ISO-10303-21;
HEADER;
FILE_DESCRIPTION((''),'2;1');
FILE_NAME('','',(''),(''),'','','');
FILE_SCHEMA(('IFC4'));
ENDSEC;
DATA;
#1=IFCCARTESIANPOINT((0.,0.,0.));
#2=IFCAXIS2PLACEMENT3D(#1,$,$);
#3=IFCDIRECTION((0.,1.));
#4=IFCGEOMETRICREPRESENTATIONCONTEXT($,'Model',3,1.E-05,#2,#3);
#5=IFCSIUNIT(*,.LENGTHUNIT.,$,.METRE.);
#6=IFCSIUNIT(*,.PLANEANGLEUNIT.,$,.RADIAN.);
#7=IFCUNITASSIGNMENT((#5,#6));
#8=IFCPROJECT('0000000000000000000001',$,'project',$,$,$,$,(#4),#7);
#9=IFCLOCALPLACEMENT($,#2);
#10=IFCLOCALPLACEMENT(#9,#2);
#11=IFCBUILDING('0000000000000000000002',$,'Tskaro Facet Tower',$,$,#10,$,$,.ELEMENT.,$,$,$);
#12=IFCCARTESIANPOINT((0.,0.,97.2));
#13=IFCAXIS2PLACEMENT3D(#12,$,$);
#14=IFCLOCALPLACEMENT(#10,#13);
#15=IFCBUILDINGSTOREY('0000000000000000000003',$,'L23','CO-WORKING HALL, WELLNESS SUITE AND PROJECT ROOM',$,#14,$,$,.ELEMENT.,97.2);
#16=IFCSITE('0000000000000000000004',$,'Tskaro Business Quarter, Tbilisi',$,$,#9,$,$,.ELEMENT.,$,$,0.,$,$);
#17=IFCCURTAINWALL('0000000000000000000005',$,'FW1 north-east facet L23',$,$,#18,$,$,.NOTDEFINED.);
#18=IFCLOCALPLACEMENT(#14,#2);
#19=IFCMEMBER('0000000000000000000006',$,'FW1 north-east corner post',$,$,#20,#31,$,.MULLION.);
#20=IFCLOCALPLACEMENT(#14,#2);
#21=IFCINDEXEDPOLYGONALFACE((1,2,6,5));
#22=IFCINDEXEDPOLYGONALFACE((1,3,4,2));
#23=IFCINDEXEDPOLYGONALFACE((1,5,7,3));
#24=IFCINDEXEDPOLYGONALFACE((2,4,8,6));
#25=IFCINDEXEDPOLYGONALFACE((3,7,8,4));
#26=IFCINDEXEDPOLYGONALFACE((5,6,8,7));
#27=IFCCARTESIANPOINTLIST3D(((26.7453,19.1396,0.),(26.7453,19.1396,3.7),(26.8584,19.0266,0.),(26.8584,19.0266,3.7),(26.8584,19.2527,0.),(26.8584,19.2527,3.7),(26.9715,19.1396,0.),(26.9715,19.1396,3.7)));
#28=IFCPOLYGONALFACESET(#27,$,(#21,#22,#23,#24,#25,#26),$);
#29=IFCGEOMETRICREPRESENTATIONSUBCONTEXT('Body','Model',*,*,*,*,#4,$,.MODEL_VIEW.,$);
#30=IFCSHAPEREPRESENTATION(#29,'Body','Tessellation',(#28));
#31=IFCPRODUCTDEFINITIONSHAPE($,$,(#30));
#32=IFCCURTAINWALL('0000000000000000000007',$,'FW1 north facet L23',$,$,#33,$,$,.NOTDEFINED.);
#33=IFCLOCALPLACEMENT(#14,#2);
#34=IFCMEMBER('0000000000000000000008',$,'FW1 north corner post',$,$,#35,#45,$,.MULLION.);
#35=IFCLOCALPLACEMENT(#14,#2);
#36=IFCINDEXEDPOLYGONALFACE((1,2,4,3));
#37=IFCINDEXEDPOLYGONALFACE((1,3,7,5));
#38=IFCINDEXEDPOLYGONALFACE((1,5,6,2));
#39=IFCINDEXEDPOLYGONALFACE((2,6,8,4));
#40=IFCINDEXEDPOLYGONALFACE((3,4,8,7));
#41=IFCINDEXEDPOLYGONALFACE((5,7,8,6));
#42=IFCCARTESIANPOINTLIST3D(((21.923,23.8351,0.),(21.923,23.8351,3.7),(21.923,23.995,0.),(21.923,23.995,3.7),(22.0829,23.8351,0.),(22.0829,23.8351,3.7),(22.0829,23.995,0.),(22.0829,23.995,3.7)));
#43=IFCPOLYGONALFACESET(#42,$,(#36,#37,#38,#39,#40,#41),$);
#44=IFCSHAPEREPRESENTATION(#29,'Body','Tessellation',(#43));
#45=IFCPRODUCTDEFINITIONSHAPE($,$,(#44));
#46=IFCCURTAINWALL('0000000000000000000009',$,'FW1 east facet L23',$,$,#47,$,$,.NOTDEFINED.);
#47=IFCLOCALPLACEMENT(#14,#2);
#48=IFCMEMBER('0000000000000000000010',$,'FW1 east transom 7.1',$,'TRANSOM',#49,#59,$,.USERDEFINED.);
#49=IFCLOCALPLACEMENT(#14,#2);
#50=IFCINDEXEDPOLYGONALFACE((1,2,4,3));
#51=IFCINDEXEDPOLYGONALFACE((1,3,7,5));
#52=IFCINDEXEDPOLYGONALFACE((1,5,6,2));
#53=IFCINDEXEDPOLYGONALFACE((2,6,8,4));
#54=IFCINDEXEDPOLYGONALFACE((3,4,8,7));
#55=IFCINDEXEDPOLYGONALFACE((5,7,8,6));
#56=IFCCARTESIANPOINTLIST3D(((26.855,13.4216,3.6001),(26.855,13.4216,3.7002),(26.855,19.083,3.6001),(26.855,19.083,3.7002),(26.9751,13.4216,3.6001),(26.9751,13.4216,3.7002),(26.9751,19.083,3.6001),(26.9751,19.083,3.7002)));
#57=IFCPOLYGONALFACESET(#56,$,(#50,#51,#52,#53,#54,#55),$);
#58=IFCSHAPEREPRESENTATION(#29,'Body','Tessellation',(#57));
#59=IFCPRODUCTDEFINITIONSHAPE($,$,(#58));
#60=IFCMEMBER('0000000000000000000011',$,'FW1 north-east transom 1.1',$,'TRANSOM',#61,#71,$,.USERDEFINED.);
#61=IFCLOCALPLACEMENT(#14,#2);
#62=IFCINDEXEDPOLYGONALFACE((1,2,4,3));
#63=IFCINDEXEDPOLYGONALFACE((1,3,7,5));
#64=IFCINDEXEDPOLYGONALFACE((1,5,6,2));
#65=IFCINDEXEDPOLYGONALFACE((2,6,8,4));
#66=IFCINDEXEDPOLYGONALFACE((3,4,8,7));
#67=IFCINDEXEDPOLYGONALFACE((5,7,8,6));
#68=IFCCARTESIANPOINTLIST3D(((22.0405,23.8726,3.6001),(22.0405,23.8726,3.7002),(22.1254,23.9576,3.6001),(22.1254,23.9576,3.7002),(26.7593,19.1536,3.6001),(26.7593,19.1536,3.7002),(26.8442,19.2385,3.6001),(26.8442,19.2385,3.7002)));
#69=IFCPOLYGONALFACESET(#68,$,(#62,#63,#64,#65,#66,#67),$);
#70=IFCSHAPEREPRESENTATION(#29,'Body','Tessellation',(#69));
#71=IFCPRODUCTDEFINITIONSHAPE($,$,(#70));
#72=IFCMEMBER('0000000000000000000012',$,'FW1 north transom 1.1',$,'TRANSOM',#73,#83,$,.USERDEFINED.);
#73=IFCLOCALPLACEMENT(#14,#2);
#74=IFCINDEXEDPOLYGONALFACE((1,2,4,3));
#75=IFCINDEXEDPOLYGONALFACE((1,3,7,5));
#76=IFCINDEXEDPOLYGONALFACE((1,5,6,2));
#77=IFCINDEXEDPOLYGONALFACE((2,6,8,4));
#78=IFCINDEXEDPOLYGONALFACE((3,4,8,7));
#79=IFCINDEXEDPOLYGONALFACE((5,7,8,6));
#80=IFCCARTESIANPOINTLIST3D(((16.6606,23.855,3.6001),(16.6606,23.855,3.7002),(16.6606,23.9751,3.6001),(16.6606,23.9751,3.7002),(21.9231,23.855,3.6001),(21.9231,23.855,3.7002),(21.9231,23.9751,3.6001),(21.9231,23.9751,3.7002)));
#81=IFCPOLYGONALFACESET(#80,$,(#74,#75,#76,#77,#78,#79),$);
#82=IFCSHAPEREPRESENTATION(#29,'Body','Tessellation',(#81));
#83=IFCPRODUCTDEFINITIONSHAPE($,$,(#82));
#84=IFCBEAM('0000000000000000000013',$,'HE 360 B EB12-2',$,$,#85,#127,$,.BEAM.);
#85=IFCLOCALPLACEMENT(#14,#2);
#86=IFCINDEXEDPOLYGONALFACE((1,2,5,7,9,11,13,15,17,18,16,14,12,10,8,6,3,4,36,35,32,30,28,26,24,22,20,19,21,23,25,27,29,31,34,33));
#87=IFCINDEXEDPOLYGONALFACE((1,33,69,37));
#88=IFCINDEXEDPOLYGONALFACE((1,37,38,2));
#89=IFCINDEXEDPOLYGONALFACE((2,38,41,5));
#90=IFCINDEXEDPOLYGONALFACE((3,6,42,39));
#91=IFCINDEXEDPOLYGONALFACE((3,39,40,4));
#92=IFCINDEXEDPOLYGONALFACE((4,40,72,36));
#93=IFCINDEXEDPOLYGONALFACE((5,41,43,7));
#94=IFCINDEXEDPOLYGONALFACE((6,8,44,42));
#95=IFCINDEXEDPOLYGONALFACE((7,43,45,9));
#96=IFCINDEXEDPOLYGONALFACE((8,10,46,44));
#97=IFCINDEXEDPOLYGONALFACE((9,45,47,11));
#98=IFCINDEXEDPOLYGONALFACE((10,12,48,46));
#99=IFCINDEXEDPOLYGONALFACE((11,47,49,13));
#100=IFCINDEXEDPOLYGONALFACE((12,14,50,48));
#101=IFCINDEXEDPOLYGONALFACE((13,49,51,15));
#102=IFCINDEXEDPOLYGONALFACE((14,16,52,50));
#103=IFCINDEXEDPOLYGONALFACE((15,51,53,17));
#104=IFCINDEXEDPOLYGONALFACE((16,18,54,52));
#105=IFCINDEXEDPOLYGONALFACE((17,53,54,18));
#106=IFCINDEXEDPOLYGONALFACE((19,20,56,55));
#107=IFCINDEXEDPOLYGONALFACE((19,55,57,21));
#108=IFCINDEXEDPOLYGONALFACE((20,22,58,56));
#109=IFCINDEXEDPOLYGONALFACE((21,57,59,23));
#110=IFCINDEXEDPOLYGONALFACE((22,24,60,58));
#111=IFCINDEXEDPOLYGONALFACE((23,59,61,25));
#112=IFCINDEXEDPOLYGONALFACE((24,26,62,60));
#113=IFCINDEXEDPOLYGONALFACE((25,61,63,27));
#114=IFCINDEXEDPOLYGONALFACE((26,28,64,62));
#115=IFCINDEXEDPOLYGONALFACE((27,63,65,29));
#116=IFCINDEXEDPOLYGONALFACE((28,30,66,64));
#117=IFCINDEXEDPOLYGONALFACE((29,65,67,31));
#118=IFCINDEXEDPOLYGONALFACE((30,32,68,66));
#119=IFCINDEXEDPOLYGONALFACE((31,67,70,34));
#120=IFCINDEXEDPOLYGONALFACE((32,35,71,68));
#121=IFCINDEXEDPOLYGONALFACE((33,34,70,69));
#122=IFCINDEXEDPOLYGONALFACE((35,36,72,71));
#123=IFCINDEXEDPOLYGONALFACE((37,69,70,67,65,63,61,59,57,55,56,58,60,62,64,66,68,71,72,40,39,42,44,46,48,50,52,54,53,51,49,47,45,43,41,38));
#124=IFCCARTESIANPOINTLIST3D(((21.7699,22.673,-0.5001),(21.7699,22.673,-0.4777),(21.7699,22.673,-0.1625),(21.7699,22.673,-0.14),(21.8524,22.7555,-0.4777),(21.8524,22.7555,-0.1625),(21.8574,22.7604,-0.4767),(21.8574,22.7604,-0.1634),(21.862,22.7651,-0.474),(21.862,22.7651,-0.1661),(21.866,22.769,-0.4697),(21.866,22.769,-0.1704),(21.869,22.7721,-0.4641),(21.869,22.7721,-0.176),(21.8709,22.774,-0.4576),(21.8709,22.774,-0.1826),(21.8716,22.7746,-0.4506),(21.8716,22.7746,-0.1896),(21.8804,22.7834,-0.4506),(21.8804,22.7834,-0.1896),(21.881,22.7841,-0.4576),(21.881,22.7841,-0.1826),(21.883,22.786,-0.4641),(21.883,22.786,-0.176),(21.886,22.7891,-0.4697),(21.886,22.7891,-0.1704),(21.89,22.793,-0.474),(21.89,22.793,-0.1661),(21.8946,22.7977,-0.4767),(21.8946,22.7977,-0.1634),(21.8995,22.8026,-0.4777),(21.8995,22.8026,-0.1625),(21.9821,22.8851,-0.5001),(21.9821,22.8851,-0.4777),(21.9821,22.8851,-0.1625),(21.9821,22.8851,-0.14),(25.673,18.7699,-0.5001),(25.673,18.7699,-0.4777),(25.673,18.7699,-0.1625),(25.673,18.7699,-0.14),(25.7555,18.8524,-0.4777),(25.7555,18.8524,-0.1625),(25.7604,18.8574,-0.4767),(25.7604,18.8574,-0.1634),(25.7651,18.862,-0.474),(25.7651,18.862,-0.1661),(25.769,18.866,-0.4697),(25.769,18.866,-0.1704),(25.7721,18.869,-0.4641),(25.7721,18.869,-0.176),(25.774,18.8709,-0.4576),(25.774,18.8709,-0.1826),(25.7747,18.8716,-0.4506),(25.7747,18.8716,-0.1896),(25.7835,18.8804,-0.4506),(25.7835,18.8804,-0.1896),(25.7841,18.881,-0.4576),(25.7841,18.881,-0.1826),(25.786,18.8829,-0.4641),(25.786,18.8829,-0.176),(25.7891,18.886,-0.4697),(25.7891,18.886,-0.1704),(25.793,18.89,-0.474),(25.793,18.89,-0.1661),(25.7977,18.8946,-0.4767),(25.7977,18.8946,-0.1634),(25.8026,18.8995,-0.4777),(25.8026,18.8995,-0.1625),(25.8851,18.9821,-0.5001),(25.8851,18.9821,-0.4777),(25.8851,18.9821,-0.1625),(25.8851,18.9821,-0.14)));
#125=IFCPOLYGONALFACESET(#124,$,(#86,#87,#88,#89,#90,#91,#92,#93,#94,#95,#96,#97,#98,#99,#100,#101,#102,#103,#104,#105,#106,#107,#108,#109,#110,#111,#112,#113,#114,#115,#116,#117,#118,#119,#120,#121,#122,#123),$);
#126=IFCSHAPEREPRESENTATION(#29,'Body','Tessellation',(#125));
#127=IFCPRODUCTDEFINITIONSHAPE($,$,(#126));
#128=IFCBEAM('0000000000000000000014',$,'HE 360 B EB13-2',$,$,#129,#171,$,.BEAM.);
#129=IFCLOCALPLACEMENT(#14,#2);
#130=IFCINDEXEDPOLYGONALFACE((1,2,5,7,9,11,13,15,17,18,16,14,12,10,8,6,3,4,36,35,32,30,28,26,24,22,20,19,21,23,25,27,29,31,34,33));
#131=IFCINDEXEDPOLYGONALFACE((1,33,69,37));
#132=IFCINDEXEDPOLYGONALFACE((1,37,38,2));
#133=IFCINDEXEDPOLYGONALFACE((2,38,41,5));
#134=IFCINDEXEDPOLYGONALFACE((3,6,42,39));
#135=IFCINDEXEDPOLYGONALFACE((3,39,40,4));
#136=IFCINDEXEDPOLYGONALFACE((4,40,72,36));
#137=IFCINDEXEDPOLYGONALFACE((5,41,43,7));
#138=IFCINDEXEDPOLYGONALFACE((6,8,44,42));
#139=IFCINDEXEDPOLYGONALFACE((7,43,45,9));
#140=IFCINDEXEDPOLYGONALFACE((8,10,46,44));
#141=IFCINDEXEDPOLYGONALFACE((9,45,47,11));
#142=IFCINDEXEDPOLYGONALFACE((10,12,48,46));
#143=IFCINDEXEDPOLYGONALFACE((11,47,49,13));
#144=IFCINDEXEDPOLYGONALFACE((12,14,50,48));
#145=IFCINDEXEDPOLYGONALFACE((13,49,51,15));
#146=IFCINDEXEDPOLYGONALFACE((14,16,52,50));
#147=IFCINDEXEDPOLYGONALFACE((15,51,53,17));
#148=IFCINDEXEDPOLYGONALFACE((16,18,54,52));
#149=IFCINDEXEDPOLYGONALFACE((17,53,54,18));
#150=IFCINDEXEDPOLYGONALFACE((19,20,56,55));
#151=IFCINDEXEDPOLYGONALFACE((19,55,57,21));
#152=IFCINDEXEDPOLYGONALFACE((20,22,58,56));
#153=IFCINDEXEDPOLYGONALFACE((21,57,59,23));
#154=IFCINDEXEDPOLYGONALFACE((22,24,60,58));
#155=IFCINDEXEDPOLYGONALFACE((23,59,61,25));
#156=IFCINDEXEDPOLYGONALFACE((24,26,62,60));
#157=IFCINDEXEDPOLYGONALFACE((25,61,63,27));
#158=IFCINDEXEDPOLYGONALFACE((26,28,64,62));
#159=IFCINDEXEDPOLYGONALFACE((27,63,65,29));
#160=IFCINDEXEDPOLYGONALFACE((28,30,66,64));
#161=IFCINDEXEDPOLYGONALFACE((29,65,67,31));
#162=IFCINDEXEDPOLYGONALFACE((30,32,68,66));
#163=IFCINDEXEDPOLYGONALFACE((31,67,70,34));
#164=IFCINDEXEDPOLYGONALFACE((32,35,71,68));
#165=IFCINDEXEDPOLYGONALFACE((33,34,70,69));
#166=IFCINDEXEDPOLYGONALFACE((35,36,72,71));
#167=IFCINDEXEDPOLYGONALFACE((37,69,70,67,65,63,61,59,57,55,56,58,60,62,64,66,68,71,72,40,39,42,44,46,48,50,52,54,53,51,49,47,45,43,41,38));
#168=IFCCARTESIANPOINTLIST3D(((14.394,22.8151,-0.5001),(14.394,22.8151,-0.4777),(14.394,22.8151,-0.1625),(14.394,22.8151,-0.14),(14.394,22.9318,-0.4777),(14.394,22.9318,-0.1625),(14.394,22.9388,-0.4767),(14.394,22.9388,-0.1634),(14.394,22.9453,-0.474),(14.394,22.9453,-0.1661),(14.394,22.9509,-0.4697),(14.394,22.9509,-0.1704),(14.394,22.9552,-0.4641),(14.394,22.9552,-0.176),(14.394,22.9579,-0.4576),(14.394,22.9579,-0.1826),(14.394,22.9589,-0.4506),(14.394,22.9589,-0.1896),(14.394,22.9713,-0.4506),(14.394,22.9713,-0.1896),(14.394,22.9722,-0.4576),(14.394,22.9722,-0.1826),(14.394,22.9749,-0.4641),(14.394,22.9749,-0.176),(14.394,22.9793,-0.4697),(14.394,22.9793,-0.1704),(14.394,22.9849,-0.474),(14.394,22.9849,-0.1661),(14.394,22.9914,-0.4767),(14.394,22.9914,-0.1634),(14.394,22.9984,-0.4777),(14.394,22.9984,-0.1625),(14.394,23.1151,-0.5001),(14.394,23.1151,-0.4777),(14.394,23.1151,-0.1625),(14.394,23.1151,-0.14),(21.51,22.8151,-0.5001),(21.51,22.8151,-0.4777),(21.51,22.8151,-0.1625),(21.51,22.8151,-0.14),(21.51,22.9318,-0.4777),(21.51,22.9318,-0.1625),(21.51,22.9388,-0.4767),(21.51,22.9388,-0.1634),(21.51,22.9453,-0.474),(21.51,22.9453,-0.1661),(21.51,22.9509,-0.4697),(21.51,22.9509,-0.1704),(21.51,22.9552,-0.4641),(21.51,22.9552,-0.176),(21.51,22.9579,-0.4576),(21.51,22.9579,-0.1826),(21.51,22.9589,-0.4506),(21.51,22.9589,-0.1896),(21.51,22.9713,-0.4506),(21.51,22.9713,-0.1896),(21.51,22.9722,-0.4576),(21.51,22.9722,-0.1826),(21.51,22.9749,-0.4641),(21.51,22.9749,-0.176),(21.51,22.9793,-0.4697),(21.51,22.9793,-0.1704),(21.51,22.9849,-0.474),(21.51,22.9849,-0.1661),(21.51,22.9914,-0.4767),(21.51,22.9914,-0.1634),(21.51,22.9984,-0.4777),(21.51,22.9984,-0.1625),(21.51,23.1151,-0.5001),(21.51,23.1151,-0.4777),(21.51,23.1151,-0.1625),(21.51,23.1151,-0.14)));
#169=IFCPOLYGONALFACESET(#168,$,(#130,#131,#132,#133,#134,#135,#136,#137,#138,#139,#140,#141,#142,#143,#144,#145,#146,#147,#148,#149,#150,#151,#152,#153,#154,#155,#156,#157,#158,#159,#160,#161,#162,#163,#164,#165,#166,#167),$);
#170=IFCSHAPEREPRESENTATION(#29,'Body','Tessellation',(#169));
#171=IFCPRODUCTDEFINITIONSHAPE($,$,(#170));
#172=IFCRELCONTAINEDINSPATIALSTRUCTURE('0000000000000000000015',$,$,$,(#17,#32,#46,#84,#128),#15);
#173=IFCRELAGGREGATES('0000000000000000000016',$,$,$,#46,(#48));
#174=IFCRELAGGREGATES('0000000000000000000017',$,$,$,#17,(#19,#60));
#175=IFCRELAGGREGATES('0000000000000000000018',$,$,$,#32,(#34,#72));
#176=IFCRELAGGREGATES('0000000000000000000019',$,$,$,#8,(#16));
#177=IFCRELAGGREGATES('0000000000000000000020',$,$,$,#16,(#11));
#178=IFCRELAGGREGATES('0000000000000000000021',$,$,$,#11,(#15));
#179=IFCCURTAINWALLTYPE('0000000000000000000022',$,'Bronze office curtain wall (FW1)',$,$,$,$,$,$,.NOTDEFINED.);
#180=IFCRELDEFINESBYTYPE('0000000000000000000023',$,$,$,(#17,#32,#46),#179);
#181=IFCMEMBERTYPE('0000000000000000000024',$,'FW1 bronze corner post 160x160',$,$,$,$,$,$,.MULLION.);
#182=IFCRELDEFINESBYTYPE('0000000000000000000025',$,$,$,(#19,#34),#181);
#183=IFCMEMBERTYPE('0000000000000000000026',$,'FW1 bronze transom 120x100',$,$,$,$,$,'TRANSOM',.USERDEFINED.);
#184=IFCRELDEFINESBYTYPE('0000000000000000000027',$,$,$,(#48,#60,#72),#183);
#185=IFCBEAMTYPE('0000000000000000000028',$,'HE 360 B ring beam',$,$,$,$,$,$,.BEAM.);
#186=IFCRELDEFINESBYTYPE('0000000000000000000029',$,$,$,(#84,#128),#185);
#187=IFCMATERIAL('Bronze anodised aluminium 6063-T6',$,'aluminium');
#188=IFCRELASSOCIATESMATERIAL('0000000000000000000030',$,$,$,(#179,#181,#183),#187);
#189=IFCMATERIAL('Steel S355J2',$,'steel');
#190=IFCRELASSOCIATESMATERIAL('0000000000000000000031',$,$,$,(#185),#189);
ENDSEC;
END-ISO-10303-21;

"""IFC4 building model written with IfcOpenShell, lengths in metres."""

from ifc_helpers import new_model, si_unit, direction, frame, origin, origin_2d, place, context, subcontext, project, spatial, rectangle, i_section, extrude, material, material_profile, profile_set, type_object, element, aggregate, save


model = new_model("IFC4")

# Units and contexts
model_context = context("Model", 3, precision=1e-05, world=origin(), true_north=direction((0.0, 1.0)))
body_context = subcontext(model_context, "Body", "Model", "MODEL_VIEW")
ifc_project = project(units=[si_unit("LENGTHUNIT", "METRE"), si_unit("PLANEANGLEUNIT", "RADIAN")], contexts=[model_context])

# Site, building, storey
site_placement = place(None, origin())
site = spatial("IfcSite", under=ifc_project, at=site_placement, Name="Tskaro Business Quarter, Tbilisi", CompositionType="ELEMENT", RefElevation=0.0)
building_placement = place(site_placement, origin())
building = spatial("IfcBuilding", under=site, at=building_placement, Name="Tskaro Facet Tower", CompositionType="ELEMENT")
storey_placement = place(building_placement, frame((0.0, 0.0, 97.2)))
storey = spatial("IfcBuildingStorey", under=building, at=storey_placement, Name="L23", Description="CO-WORKING HALL, WELLNESS SUITE AND PROJECT ROOM", CompositionType="ELEMENT", Elevation=97.2)

# Curtain walls, members
ifc_material_1 = material(Name="Bronze anodised aluminium 6063-T6", Category="aluminium")
curtain_wall_type = type_object("IfcCurtainWallType", Name="Bronze office curtain wall (FW1)", PredefinedType="NOTDEFINED", material=ifc_material_1)
curtain_wall_1_placement = place(storey_placement, origin())
curtain_wall_1 = element("IfcCurtainWall", 1, at=curtain_wall_1_placement, inside=storey, type_object=curtain_wall_type, Name="FW1 north-east facet L23", PredefinedType="NOTDEFINED")
ifc_material_profile_1 = material_profile(ifc_material_1, rectangle(XDim=0.1599, YDim=0.1599, at=origin_2d()), Name="Corner post 160x160")
ifc_profile_set_1 = profile_set([ifc_material_profile_1], Name="Bronze anodised aluminium 6063-T6")
member_type_1 = type_object("IfcMemberType", Name="FW1 bronze corner post 160x160", PredefinedType="MULLION", material=ifc_profile_set_1)
member_1_placement = place(storey_placement, frame((26.8584, 19.1396, 0.0), z_axis=(0.0, 0.0, 1.0), x_axis=(-0.707107, 0.707107, 0.0)))
member_1 = element("IfcMember", 2, at=member_1_placement, type_object=member_type_1, Name="FW1 north-east corner post", PredefinedType="MULLION", context=body_context, shape_type="SweptSolid", body=[
    extrude(rectangle(XDim=0.1599, YDim=0.1599, at=origin_2d()), origin(), (0.0, 0.0, 1.0), 3.7),
])
curtain_wall_2_placement = place(storey_placement, origin())
curtain_wall_2 = element("IfcCurtainWall", 3, at=curtain_wall_2_placement, inside=storey, type_object=curtain_wall_type, Name="FW1 north facet L23", PredefinedType="NOTDEFINED")
member_2_placement = place(storey_placement, frame((22.0029, 23.915, 0.0), z_axis=(0.0, 0.0, 1.0), x_axis=(-1.0, 0.0, 0.0)))
member_2 = element("IfcMember", 4, at=member_2_placement, type_object=member_type_1, Name="FW1 north corner post", PredefinedType="MULLION", context=body_context, shape_type="SweptSolid", body=[
    extrude(rectangle(XDim=0.1599, YDim=0.1599, at=origin_2d()), origin(), (0.0, 0.0, 1.0), 3.7),
])
curtain_wall_3_placement = place(storey_placement, origin())
curtain_wall_3 = element("IfcCurtainWall", 5, at=curtain_wall_3_placement, inside=storey, type_object=curtain_wall_type, Name="FW1 east facet L23", PredefinedType="NOTDEFINED")
ifc_material_profile_2 = material_profile(ifc_material_1, rectangle(XDim=0.1201, YDim=0.1001, at=origin_2d()), Name="Transom 120x100")
ifc_profile_set_2 = profile_set([ifc_material_profile_2], Name="Bronze anodised aluminium 6063-T6")
member_type_2 = type_object("IfcMemberType", Name="FW1 bronze transom 120x100", ElementType="TRANSOM", PredefinedType="USERDEFINED", material=ifc_profile_set_2)
member_3_placement = place(storey_placement, frame((26.915, 13.4216, 3.6501), z_axis=(0.0, 1.0, 0.0), x_axis=(-1.0, 0.0, 0.0)))
member_3 = element("IfcMember", 6, at=member_3_placement, type_object=member_type_2, Name="FW1 east transom 7.1", ObjectType="TRANSOM", PredefinedType="USERDEFINED", context=body_context, shape_type="SweptSolid", body=[
    extrude(rectangle(XDim=0.1201, YDim=0.1001, at=origin_2d()), origin(), (0.0, 0.0, 1.0), 5.6614),
])

# Members
member_4_placement = place(storey_placement, frame((26.8018, 19.196, 3.6501), z_axis=(-0.707088, 0.707125, 0.0), x_axis=(-0.707125, -0.707088, 0.0)))
member_4 = element("IfcMember", 7, at=member_4_placement, type_object=member_type_2, Name="FW1 north-east transom 1.1", ObjectType="TRANSOM", PredefinedType="USERDEFINED", context=body_context, shape_type="SweptSolid", body=[
    extrude(rectangle(XDim=0.1201, YDim=0.1001, at=origin_2d()), origin(), (0.0, 0.0, 1.0), 6.6736),
])
member_5_placement = place(storey_placement, frame((21.9231, 23.915, 3.6501), z_axis=(-1.0, 0.0, 0.0), x_axis=(0.0, -1.0, 0.0)))
member_5 = element("IfcMember", 8, at=member_5_placement, type_object=member_type_2, Name="FW1 north transom 1.1", ObjectType="TRANSOM", PredefinedType="USERDEFINED", context=body_context, shape_type="SweptSolid", body=[
    extrude(rectangle(XDim=0.1201, YDim=0.1001, at=origin_2d()), origin(), (0.0, 0.0, 1.0), 5.2625),
])

# Beams
ifc_material_2 = material(Name="Steel S355J2", Category="steel")
ifc_material_profile_3 = material_profile(ifc_material_2, i_section(OverallWidth=0.3, OverallDepth=0.3601, WebThickness=0.0125, FlangeThickness=0.0225, FilletRadius=0.0271, at=origin_2d()), Name="HE 360 B")
ifc_profile_set_3 = profile_set([ifc_material_profile_3], Name="Steel S355J2")
beam_type_1 = type_object("IfcBeamType", Name="HE 360 B ring beam", PredefinedType="BEAM", material=ifc_profile_set_3)
beam_1_placement = place(storey_placement, frame((25.7791, 18.876, -0.3201), z_axis=(-0.707107, 0.707107, 0.0), x_axis=(-0.707107, -0.707107, 0.0)))
element("IfcBeam", 9, at=beam_1_placement, inside=storey, type_object=beam_type_1, Name="HE 360 B EB12-2", PredefinedType="BEAM", context=body_context, shape_type="SweptSolid", body=[
    extrude(i_section(OverallWidth=0.3, OverallDepth=0.3601, WebThickness=0.0125, FlangeThickness=0.0225, FilletRadius=0.0271, at=origin_2d()), origin(), (0.0, 0.0, 1.0), 5.5198),
])
beam_2_placement = place(storey_placement, frame((21.51, 22.9651, -0.3201), z_axis=(-1.0, 0.0, 0.0), x_axis=(0.0, -1.0, 0.0)))
element("IfcBeam", 10, at=beam_2_placement, inside=storey, type_object=beam_type_1, Name="HE 360 B EB13-2", PredefinedType="BEAM", context=body_context, shape_type="SweptSolid", body=[
    extrude(i_section(OverallWidth=0.3, OverallDepth=0.3601, WebThickness=0.0125, FlangeThickness=0.0225, FilletRadius=0.0271, at=origin_2d()), origin(), (0.0, 0.0, 1.0), 7.116),
])

aggregate(curtain_wall_3, [member_3])
aggregate(curtain_wall_1, [member_1, member_4])
aggregate(curtain_wall_2, [member_2, member_5])

save(model, "model.ifc")
